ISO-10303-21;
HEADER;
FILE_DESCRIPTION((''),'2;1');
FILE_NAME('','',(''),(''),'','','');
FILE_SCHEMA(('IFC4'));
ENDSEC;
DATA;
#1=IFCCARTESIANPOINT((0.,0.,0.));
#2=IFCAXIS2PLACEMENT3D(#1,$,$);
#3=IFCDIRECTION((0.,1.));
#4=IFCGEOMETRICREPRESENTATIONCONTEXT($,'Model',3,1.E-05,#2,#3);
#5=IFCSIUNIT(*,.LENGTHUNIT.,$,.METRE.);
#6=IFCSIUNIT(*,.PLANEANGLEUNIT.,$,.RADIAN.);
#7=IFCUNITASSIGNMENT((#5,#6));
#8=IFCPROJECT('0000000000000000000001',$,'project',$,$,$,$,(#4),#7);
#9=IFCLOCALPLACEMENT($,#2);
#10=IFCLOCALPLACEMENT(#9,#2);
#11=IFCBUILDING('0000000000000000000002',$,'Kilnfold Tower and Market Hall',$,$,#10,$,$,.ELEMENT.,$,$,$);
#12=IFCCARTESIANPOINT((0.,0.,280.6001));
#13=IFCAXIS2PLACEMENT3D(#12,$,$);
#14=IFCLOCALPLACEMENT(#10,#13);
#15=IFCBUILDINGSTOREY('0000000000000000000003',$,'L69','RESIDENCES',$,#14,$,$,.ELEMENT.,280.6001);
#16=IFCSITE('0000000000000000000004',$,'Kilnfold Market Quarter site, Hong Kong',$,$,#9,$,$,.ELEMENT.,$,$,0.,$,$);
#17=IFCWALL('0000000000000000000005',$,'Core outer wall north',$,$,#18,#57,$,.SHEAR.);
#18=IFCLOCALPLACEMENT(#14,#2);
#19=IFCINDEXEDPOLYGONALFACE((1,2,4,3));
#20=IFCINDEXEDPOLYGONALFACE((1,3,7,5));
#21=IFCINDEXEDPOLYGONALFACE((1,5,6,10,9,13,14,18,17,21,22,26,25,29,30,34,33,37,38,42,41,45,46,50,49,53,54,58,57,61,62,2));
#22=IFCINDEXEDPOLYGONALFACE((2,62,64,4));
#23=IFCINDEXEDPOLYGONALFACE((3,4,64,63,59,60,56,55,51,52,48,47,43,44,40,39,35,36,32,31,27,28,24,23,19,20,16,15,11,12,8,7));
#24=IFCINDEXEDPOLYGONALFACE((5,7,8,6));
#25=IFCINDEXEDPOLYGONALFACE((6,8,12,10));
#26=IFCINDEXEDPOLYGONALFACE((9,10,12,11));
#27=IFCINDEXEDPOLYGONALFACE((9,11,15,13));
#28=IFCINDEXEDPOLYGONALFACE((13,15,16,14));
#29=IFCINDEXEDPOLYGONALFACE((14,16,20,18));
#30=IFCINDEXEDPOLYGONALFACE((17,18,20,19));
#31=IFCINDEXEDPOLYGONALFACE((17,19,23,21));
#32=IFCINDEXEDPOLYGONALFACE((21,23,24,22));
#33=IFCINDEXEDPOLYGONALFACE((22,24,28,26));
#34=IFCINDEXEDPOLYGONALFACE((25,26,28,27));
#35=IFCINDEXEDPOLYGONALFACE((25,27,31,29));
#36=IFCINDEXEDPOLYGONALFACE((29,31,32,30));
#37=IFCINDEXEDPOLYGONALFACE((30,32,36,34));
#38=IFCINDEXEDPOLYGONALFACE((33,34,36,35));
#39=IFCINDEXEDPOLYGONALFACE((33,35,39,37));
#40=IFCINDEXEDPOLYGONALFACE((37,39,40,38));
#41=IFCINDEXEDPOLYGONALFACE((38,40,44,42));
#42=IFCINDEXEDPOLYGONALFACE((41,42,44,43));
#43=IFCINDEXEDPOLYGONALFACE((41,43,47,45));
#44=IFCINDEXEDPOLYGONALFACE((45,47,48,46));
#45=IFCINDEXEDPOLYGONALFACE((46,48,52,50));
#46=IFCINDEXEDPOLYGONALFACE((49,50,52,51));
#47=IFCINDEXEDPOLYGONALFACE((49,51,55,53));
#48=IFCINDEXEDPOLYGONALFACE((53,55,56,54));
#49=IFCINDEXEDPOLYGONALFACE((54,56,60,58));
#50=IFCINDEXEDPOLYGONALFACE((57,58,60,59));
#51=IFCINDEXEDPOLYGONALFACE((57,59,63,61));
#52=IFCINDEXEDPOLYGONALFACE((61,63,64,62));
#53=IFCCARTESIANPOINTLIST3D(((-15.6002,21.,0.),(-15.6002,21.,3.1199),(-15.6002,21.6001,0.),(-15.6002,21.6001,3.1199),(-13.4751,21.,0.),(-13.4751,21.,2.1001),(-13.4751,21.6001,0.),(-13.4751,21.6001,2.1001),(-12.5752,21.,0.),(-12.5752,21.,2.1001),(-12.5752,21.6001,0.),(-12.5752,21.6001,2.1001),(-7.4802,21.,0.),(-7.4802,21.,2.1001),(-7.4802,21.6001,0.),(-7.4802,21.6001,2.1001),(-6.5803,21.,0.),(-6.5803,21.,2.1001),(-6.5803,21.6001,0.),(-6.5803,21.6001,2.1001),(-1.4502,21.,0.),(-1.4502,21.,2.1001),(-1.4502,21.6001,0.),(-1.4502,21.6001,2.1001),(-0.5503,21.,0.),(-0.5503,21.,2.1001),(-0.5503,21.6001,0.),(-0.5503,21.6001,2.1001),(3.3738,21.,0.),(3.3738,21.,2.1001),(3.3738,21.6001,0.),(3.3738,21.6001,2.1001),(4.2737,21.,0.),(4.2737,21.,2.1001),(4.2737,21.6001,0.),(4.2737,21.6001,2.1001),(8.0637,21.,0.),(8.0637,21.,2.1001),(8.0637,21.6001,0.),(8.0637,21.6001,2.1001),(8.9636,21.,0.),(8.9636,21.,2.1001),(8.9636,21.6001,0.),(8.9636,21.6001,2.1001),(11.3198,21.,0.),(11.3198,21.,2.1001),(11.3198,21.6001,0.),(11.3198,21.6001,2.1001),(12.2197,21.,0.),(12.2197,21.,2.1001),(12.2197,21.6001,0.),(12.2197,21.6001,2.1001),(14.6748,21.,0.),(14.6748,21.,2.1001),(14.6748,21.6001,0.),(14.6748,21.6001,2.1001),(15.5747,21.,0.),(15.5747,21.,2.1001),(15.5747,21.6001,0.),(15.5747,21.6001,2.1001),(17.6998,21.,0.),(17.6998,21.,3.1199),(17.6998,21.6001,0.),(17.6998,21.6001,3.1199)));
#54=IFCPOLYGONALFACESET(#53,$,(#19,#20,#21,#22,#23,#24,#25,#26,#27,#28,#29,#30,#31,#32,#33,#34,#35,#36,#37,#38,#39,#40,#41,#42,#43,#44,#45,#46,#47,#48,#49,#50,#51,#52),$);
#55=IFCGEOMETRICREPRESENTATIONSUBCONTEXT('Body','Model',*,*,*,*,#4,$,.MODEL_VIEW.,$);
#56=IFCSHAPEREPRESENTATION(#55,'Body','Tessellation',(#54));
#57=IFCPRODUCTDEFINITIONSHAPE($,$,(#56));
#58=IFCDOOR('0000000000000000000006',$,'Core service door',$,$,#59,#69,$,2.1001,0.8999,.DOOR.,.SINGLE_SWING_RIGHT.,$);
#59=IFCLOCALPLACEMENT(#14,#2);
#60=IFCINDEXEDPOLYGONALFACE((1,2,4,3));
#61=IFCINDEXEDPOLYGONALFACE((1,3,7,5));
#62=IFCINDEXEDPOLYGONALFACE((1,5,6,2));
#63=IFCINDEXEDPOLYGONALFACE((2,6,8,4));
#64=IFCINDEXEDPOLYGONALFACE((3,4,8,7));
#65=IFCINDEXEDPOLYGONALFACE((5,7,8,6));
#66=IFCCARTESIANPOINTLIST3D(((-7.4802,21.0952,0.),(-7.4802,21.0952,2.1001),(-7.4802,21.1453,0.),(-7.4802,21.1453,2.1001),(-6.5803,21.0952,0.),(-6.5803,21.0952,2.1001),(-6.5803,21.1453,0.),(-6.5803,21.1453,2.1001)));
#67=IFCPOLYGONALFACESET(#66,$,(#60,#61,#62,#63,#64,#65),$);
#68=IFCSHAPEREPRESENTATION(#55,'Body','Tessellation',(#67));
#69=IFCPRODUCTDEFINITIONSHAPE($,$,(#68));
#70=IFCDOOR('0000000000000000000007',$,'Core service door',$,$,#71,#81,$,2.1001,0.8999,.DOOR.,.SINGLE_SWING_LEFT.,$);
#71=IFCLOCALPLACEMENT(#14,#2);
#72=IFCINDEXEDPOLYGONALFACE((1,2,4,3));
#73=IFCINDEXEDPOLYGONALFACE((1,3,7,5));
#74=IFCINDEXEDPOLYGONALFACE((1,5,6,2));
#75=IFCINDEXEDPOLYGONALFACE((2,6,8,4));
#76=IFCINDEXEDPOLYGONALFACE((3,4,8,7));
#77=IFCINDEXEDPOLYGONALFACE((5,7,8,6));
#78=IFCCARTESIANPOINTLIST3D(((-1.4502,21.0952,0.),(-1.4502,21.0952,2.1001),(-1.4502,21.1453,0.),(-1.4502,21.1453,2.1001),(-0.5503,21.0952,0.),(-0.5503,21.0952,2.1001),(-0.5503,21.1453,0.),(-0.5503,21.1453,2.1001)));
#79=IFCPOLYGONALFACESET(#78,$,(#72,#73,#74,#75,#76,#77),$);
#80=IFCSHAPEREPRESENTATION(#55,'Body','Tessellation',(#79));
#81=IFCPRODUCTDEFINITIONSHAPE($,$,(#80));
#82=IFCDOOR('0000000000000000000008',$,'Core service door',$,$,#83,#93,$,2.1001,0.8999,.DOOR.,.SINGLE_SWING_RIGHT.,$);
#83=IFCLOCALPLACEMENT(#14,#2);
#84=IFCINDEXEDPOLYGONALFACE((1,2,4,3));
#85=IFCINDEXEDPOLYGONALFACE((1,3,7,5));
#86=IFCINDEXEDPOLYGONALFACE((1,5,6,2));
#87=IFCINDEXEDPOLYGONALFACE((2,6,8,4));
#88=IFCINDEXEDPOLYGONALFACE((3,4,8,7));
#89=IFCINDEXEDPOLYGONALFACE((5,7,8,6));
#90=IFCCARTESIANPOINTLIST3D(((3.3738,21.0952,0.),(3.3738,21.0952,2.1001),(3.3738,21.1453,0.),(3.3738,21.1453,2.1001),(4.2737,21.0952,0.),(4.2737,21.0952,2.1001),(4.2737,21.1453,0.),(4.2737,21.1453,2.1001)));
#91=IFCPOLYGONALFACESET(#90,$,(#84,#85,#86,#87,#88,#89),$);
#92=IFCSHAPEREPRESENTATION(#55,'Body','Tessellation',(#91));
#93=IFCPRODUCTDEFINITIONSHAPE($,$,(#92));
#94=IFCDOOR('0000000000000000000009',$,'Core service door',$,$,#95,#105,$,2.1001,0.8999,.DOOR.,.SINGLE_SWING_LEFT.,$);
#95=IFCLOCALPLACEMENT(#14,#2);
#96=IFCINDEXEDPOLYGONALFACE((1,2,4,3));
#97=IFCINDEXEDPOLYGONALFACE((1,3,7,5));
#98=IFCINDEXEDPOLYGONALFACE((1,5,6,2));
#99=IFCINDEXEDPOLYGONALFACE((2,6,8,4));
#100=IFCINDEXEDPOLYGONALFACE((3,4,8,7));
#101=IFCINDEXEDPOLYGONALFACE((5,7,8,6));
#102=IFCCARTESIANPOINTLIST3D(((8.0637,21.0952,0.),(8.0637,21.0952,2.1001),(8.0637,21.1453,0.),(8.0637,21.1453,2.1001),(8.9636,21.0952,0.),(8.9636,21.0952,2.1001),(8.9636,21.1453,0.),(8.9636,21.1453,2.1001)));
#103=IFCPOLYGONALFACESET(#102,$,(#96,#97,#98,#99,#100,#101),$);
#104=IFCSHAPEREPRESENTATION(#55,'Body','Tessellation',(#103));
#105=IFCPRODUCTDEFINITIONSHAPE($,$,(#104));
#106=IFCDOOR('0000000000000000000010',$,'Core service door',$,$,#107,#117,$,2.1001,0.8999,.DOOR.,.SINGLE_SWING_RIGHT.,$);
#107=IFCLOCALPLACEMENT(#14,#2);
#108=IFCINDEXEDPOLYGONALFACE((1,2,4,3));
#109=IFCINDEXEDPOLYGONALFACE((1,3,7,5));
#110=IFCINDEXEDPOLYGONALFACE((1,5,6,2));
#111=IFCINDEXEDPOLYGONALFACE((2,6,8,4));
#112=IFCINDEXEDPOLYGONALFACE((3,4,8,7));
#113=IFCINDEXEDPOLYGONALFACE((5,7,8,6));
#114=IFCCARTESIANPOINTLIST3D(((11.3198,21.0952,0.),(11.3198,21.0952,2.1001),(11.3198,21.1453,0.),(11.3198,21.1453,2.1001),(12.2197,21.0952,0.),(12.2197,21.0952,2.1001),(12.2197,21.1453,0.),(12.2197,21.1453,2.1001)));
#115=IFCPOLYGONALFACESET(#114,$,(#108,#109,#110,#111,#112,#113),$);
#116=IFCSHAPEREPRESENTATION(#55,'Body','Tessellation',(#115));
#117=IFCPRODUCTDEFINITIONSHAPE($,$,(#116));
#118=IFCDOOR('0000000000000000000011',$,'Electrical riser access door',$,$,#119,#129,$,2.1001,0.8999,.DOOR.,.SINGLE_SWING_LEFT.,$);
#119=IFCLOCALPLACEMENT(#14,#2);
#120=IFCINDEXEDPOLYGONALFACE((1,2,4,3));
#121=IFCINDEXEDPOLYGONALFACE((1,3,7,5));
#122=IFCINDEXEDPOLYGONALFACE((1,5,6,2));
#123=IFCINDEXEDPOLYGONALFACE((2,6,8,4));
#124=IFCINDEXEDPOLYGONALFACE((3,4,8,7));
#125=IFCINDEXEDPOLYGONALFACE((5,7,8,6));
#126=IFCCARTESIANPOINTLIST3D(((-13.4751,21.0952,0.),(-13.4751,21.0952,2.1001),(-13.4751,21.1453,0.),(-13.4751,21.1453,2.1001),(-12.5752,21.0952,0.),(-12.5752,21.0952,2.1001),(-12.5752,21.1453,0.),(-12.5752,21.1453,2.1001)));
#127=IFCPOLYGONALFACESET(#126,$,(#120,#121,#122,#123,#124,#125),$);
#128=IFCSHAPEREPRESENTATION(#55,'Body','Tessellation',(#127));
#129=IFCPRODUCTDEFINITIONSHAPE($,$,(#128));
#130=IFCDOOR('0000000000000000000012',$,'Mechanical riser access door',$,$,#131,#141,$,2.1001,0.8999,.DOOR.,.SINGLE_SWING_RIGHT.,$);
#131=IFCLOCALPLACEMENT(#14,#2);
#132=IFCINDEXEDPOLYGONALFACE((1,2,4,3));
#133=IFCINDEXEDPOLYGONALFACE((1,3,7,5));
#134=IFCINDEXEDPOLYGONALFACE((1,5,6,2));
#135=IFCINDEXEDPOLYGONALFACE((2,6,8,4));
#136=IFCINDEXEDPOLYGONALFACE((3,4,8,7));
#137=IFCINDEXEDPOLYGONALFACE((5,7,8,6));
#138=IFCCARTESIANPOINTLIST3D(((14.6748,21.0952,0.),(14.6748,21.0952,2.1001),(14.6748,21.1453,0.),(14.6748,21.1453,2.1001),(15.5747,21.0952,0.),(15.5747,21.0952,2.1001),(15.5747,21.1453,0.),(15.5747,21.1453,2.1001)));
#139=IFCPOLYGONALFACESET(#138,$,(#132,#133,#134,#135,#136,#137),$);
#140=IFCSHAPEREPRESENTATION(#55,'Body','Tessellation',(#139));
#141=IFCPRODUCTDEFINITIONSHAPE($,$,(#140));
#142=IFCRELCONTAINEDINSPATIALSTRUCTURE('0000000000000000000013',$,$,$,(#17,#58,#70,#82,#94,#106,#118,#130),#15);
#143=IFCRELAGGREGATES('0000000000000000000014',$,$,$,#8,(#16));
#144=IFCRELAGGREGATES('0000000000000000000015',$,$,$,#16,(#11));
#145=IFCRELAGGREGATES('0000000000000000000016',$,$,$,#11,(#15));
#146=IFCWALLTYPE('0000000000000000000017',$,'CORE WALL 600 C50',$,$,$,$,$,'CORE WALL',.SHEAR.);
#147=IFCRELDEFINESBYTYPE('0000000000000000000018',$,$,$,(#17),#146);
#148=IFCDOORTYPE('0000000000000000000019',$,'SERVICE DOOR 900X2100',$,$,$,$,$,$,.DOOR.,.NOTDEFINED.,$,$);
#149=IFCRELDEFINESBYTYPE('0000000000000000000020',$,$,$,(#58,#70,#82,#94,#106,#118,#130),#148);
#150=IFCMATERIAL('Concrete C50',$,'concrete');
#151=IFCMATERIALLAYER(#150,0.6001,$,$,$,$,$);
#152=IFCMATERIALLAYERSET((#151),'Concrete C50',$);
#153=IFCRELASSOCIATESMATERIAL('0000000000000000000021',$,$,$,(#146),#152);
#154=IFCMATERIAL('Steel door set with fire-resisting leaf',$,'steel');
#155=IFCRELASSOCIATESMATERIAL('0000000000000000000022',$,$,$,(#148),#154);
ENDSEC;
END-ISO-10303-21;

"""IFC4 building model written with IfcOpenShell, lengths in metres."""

from ifc_helpers import new_model, si_unit, direction, frame, frame_2d, origin, place, context, subcontext, project, spatial, rectangle, extrude, source, transform, mapped, material, layer, layer_set, type_object, element, fill, save


model = new_model("IFC4")

# Units and contexts
model_context = context("Model", 3, precision=1e-05, world=origin(), true_north=direction((0.0, 1.0)))
body_context = subcontext(model_context, "Body", "Model", "MODEL_VIEW")
ifc_project = project(units=[si_unit("LENGTHUNIT", "METRE"), si_unit("PLANEANGLEUNIT", "RADIAN")], contexts=[model_context])

# Site, building, storey
site_placement = place(None, origin())
site = spatial("IfcSite", under=ifc_project, at=site_placement, Name="Kilnfold Market Quarter site, Hong Kong", CompositionType="ELEMENT", RefElevation=0.0)
building_placement = place(site_placement, origin())
building = spatial("IfcBuilding", under=site, at=building_placement, Name="Kilnfold Tower and Market Hall", CompositionType="ELEMENT")
storey_placement = place(building_placement, frame((0.0, 0.0, 280.6001)))
storey = spatial("IfcBuildingStorey", under=building, at=storey_placement, Name="L69", Description="RESIDENCES", CompositionType="ELEMENT", Elevation=280.6001)

# Wall, openings, doors
ifc_material_1 = material(Name="Concrete C50", Category="concrete")
ifc_layer_1 = layer(ifc_material_1, 0.6001)
ifc_layer_set_1 = layer_set([ifc_layer_1], Name="Concrete C50")
wall_type_1 = type_object("IfcWallType", Name="CORE WALL 600 C50", ElementType="CORE WALL", PredefinedType="SHEAR", material=ifc_layer_set_1)
shared_shape_1 = source(origin(), body_context, "Body", "SweptSolid", [
    extrude(rectangle(XDim=33.3, YDim=0.6001, at=frame_2d((16.6499, 0.0))), origin(), (0.0, 0.0, 1.0), 3.1199),
])
wall_1_placement = place(storey_placement, frame((-15.6001, 21.3, 0.0), z_axis=(0.0, 0.0, 1.0), x_axis=(1.0, 0.0, 0.0)))
wall_1 = element("IfcWall", 1, at=wall_1_placement, inside=storey, type_object=wall_type_1, Name="Core outer wall north", PredefinedType="SHEAR", context=body_context, shape_type="MappedRepresentation", body=[
    mapped(shared_shape_1, transform((0.0, 0.0, 0.0))),
])
opening_1_placement = place(wall_1_placement, frame((8.1199, 0.0, 0.0)))
opening_1 = element("IfcOpeningElement", 2, at=opening_1_placement, cuts=wall_1, PredefinedType="OPENING", context=body_context, shape_type="SweptSolid", body=[
    extrude(rectangle(XDim=0.8999, YDim=2.1001, at=frame_2d((0.45, 1.05))), frame((0.0, 0.3101, 0.0), z_axis=(0.0, -1.0, 0.0), x_axis=(1.0, 0.0, 0.0)), (0.0, 0.0, 1.0), 0.6201),
])
opening_2_placement = place(wall_1_placement, frame((14.1499, 0.0, 0.0)))
opening_2 = element("IfcOpeningElement", 3, at=opening_2_placement, cuts=wall_1, PredefinedType="OPENING", context=body_context, shape_type="SweptSolid", body=[
    extrude(rectangle(XDim=0.8999, YDim=2.1001, at=frame_2d((0.45, 1.05))), frame((0.0, 0.3101, 0.0), z_axis=(0.0, -1.0, 0.0), x_axis=(1.0, 0.0, 0.0)), (0.0, 0.0, 1.0), 0.6201),
])
opening_3_placement = place(wall_1_placement, frame((18.9739, 0.0, 0.0)))
opening_3 = element("IfcOpeningElement", 4, at=opening_3_placement, cuts=wall_1, PredefinedType="OPENING", context=body_context, shape_type="SweptSolid", body=[
    extrude(rectangle(XDim=0.8999, YDim=2.1001, at=frame_2d((0.45, 1.05))), frame((0.0, 0.3101, 0.0), z_axis=(0.0, -1.0, 0.0), x_axis=(1.0, 0.0, 0.0)), (0.0, 0.0, 1.0), 0.6201),
])
opening_4_placement = place(wall_1_placement, frame((23.6638, 0.0, 0.0)))
opening_4 = element("IfcOpeningElement", 5, at=opening_4_placement, cuts=wall_1, PredefinedType="OPENING", context=body_context, shape_type="SweptSolid", body=[
    extrude(rectangle(XDim=0.8999, YDim=2.1001, at=frame_2d((0.45, 1.05))), frame((0.0, 0.3101, 0.0), z_axis=(0.0, -1.0, 0.0), x_axis=(1.0, 0.0, 0.0)), (0.0, 0.0, 1.0), 0.6201),
])
opening_5_placement = place(wall_1_placement, frame((26.9199, 0.0, 0.0)))
opening_5 = element("IfcOpeningElement", 6, at=opening_5_placement, cuts=wall_1, PredefinedType="OPENING", context=body_context, shape_type="SweptSolid", body=[
    extrude(rectangle(XDim=0.8999, YDim=2.1001, at=frame_2d((0.45, 1.05))), frame((0.0, 0.3101, 0.0), z_axis=(0.0, -1.0, 0.0), x_axis=(1.0, 0.0, 0.0)), (0.0, 0.0, 1.0), 0.6201),
])
opening_6_placement = place(wall_1_placement, frame((2.125, 0.0, 0.0)))
opening_6 = element("IfcOpeningElement", 7, at=opening_6_placement, cuts=wall_1, PredefinedType="OPENING", context=body_context, shape_type="SweptSolid", body=[
    extrude(rectangle(XDim=0.8999, YDim=2.1001, at=frame_2d((0.45, 1.05))), frame((0.0, 0.3101, 0.0), z_axis=(0.0, -1.0, 0.0), x_axis=(1.0, 0.0, 0.0)), (0.0, 0.0, 1.0), 0.6201),
])
opening_7_placement = place(wall_1_placement, frame((30.2749, 0.0, 0.0)))
opening_7 = element("IfcOpeningElement", 8, at=opening_7_placement, cuts=wall_1, PredefinedType="OPENING", context=body_context, shape_type="SweptSolid", body=[
    extrude(rectangle(XDim=0.8999, YDim=2.1001, at=frame_2d((0.45, 1.05))), frame((0.0, 0.3101, 0.0), z_axis=(0.0, -1.0, 0.0), x_axis=(1.0, 0.0, 0.0)), (0.0, 0.0, 1.0), 0.6201),
])
ifc_material_2 = material(Name="Steel door set with fire-resisting leaf", Category="steel")
door_type_1 = type_object("IfcDoorType", Name="SERVICE DOOR 900X2100", OperationType="NOTDEFINED", PredefinedType="DOOR", material=ifc_material_2)
door_1_placement = place(opening_1_placement, origin())
door_1 = element("IfcDoor", 9, at=door_1_placement, inside=storey, type_object=door_type_1, Name="Core service door", OperationType="SINGLE_SWING_RIGHT", OverallHeight=2.1001, OverallWidth=0.8999, PredefinedType="DOOR", context=body_context, shape_type="SweptSolid", body=[
    extrude(rectangle(XDim=0.8999, YDim=2.1001, at=frame_2d((0.45, 1.05))), frame((0.0, -0.1548, 0.0), z_axis=(0.0, -1.0, 0.0), x_axis=(1.0, 0.0, 0.0)), (0.0, 0.0, 1.0), 0.05),
])
fill(opening_1, door_1)
door_2_placement = place(opening_2_placement, origin())
door_2 = element("IfcDoor", 10, at=door_2_placement, inside=storey, type_object=door_type_1, Name="Core service door", OperationType="SINGLE_SWING_LEFT", OverallHeight=2.1001, OverallWidth=0.8999, PredefinedType="DOOR", context=body_context, shape_type="SweptSolid", body=[
    extrude(rectangle(XDim=0.8999, YDim=2.1001, at=frame_2d((0.45, 1.05))), frame((0.0, -0.1548, 0.0), z_axis=(0.0, -1.0, 0.0), x_axis=(1.0, 0.0, 0.0)), (0.0, 0.0, 1.0), 0.05),
])
fill(opening_2, door_2)
door_3_placement = place(opening_3_placement, origin())
door_3 = element("IfcDoor", 11, at=door_3_placement, inside=storey, type_object=door_type_1, Name="Core service door", OperationType="SINGLE_SWING_RIGHT", OverallHeight=2.1001, OverallWidth=0.8999, PredefinedType="DOOR", context=body_context, shape_type="SweptSolid", body=[
    extrude(rectangle(XDim=0.8999, YDim=2.1001, at=frame_2d((0.45, 1.05))), frame((0.0, -0.1548, 0.0), z_axis=(0.0, -1.0, 0.0), x_axis=(1.0, 0.0, 0.0)), (0.0, 0.0, 1.0), 0.05),
])
fill(opening_3, door_3)
door_4_placement = place(opening_4_placement, origin())
door_4 = element("IfcDoor", 12, at=door_4_placement, inside=storey, type_object=door_type_1, Name="Core service door", OperationType="SINGLE_SWING_LEFT", OverallHeight=2.1001, OverallWidth=0.8999, PredefinedType="DOOR", context=body_context, shape_type="SweptSolid", body=[
    extrude(rectangle(XDim=0.8999, YDim=2.1001, at=frame_2d((0.45, 1.05))), frame((0.0, -0.1548, 0.0), z_axis=(0.0, -1.0, 0.0), x_axis=(1.0, 0.0, 0.0)), (0.0, 0.0, 1.0), 0.05),
])
fill(opening_4, door_4)
door_5_placement = place(opening_5_placement, origin())
door_5 = element("IfcDoor", 13, at=door_5_placement, inside=storey, type_object=door_type_1, Name="Core service door", OperationType="SINGLE_SWING_RIGHT", OverallHeight=2.1001, OverallWidth=0.8999, PredefinedType="DOOR", context=body_context, shape_type="SweptSolid", body=[
    extrude(rectangle(XDim=0.8999, YDim=2.1001, at=frame_2d((0.45, 1.05))), frame((0.0, -0.1548, 0.0), z_axis=(0.0, -1.0, 0.0), x_axis=(1.0, 0.0, 0.0)), (0.0, 0.0, 1.0), 0.05),
])
fill(opening_5, door_5)
door_6_placement = place(opening_6_placement, origin())
door_6 = element("IfcDoor", 14, at=door_6_placement, inside=storey, type_object=door_type_1, Name="Electrical riser access door", OperationType="SINGLE_SWING_LEFT", OverallHeight=2.1001, OverallWidth=0.8999, PredefinedType="DOOR", context=body_context, shape_type="SweptSolid", body=[
    extrude(rectangle(XDim=0.8999, YDim=2.1001, at=frame_2d((0.45, 1.05))), frame((0.0, -0.1548, 0.0), z_axis=(0.0, -1.0, 0.0), x_axis=(1.0, 0.0, 0.0)), (0.0, 0.0, 1.0), 0.05),
])
fill(opening_6, door_6)
door_7_placement = place(opening_7_placement, origin())
door_7 = element("IfcDoor", 15, at=door_7_placement, inside=storey, type_object=door_type_1, Name="Mechanical riser access door", OperationType="SINGLE_SWING_RIGHT", OverallHeight=2.1001, OverallWidth=0.8999, PredefinedType="DOOR", context=body_context, shape_type="SweptSolid", body=[
    extrude(rectangle(XDim=0.8999, YDim=2.1001, at=frame_2d((0.45, 1.05))), frame((0.0, -0.1548, 0.0), z_axis=(0.0, -1.0, 0.0), x_axis=(1.0, 0.0, 0.0)), (0.0, 0.0, 1.0), 0.05),
])
fill(opening_7, door_7)

save(model, "model.ifc")
